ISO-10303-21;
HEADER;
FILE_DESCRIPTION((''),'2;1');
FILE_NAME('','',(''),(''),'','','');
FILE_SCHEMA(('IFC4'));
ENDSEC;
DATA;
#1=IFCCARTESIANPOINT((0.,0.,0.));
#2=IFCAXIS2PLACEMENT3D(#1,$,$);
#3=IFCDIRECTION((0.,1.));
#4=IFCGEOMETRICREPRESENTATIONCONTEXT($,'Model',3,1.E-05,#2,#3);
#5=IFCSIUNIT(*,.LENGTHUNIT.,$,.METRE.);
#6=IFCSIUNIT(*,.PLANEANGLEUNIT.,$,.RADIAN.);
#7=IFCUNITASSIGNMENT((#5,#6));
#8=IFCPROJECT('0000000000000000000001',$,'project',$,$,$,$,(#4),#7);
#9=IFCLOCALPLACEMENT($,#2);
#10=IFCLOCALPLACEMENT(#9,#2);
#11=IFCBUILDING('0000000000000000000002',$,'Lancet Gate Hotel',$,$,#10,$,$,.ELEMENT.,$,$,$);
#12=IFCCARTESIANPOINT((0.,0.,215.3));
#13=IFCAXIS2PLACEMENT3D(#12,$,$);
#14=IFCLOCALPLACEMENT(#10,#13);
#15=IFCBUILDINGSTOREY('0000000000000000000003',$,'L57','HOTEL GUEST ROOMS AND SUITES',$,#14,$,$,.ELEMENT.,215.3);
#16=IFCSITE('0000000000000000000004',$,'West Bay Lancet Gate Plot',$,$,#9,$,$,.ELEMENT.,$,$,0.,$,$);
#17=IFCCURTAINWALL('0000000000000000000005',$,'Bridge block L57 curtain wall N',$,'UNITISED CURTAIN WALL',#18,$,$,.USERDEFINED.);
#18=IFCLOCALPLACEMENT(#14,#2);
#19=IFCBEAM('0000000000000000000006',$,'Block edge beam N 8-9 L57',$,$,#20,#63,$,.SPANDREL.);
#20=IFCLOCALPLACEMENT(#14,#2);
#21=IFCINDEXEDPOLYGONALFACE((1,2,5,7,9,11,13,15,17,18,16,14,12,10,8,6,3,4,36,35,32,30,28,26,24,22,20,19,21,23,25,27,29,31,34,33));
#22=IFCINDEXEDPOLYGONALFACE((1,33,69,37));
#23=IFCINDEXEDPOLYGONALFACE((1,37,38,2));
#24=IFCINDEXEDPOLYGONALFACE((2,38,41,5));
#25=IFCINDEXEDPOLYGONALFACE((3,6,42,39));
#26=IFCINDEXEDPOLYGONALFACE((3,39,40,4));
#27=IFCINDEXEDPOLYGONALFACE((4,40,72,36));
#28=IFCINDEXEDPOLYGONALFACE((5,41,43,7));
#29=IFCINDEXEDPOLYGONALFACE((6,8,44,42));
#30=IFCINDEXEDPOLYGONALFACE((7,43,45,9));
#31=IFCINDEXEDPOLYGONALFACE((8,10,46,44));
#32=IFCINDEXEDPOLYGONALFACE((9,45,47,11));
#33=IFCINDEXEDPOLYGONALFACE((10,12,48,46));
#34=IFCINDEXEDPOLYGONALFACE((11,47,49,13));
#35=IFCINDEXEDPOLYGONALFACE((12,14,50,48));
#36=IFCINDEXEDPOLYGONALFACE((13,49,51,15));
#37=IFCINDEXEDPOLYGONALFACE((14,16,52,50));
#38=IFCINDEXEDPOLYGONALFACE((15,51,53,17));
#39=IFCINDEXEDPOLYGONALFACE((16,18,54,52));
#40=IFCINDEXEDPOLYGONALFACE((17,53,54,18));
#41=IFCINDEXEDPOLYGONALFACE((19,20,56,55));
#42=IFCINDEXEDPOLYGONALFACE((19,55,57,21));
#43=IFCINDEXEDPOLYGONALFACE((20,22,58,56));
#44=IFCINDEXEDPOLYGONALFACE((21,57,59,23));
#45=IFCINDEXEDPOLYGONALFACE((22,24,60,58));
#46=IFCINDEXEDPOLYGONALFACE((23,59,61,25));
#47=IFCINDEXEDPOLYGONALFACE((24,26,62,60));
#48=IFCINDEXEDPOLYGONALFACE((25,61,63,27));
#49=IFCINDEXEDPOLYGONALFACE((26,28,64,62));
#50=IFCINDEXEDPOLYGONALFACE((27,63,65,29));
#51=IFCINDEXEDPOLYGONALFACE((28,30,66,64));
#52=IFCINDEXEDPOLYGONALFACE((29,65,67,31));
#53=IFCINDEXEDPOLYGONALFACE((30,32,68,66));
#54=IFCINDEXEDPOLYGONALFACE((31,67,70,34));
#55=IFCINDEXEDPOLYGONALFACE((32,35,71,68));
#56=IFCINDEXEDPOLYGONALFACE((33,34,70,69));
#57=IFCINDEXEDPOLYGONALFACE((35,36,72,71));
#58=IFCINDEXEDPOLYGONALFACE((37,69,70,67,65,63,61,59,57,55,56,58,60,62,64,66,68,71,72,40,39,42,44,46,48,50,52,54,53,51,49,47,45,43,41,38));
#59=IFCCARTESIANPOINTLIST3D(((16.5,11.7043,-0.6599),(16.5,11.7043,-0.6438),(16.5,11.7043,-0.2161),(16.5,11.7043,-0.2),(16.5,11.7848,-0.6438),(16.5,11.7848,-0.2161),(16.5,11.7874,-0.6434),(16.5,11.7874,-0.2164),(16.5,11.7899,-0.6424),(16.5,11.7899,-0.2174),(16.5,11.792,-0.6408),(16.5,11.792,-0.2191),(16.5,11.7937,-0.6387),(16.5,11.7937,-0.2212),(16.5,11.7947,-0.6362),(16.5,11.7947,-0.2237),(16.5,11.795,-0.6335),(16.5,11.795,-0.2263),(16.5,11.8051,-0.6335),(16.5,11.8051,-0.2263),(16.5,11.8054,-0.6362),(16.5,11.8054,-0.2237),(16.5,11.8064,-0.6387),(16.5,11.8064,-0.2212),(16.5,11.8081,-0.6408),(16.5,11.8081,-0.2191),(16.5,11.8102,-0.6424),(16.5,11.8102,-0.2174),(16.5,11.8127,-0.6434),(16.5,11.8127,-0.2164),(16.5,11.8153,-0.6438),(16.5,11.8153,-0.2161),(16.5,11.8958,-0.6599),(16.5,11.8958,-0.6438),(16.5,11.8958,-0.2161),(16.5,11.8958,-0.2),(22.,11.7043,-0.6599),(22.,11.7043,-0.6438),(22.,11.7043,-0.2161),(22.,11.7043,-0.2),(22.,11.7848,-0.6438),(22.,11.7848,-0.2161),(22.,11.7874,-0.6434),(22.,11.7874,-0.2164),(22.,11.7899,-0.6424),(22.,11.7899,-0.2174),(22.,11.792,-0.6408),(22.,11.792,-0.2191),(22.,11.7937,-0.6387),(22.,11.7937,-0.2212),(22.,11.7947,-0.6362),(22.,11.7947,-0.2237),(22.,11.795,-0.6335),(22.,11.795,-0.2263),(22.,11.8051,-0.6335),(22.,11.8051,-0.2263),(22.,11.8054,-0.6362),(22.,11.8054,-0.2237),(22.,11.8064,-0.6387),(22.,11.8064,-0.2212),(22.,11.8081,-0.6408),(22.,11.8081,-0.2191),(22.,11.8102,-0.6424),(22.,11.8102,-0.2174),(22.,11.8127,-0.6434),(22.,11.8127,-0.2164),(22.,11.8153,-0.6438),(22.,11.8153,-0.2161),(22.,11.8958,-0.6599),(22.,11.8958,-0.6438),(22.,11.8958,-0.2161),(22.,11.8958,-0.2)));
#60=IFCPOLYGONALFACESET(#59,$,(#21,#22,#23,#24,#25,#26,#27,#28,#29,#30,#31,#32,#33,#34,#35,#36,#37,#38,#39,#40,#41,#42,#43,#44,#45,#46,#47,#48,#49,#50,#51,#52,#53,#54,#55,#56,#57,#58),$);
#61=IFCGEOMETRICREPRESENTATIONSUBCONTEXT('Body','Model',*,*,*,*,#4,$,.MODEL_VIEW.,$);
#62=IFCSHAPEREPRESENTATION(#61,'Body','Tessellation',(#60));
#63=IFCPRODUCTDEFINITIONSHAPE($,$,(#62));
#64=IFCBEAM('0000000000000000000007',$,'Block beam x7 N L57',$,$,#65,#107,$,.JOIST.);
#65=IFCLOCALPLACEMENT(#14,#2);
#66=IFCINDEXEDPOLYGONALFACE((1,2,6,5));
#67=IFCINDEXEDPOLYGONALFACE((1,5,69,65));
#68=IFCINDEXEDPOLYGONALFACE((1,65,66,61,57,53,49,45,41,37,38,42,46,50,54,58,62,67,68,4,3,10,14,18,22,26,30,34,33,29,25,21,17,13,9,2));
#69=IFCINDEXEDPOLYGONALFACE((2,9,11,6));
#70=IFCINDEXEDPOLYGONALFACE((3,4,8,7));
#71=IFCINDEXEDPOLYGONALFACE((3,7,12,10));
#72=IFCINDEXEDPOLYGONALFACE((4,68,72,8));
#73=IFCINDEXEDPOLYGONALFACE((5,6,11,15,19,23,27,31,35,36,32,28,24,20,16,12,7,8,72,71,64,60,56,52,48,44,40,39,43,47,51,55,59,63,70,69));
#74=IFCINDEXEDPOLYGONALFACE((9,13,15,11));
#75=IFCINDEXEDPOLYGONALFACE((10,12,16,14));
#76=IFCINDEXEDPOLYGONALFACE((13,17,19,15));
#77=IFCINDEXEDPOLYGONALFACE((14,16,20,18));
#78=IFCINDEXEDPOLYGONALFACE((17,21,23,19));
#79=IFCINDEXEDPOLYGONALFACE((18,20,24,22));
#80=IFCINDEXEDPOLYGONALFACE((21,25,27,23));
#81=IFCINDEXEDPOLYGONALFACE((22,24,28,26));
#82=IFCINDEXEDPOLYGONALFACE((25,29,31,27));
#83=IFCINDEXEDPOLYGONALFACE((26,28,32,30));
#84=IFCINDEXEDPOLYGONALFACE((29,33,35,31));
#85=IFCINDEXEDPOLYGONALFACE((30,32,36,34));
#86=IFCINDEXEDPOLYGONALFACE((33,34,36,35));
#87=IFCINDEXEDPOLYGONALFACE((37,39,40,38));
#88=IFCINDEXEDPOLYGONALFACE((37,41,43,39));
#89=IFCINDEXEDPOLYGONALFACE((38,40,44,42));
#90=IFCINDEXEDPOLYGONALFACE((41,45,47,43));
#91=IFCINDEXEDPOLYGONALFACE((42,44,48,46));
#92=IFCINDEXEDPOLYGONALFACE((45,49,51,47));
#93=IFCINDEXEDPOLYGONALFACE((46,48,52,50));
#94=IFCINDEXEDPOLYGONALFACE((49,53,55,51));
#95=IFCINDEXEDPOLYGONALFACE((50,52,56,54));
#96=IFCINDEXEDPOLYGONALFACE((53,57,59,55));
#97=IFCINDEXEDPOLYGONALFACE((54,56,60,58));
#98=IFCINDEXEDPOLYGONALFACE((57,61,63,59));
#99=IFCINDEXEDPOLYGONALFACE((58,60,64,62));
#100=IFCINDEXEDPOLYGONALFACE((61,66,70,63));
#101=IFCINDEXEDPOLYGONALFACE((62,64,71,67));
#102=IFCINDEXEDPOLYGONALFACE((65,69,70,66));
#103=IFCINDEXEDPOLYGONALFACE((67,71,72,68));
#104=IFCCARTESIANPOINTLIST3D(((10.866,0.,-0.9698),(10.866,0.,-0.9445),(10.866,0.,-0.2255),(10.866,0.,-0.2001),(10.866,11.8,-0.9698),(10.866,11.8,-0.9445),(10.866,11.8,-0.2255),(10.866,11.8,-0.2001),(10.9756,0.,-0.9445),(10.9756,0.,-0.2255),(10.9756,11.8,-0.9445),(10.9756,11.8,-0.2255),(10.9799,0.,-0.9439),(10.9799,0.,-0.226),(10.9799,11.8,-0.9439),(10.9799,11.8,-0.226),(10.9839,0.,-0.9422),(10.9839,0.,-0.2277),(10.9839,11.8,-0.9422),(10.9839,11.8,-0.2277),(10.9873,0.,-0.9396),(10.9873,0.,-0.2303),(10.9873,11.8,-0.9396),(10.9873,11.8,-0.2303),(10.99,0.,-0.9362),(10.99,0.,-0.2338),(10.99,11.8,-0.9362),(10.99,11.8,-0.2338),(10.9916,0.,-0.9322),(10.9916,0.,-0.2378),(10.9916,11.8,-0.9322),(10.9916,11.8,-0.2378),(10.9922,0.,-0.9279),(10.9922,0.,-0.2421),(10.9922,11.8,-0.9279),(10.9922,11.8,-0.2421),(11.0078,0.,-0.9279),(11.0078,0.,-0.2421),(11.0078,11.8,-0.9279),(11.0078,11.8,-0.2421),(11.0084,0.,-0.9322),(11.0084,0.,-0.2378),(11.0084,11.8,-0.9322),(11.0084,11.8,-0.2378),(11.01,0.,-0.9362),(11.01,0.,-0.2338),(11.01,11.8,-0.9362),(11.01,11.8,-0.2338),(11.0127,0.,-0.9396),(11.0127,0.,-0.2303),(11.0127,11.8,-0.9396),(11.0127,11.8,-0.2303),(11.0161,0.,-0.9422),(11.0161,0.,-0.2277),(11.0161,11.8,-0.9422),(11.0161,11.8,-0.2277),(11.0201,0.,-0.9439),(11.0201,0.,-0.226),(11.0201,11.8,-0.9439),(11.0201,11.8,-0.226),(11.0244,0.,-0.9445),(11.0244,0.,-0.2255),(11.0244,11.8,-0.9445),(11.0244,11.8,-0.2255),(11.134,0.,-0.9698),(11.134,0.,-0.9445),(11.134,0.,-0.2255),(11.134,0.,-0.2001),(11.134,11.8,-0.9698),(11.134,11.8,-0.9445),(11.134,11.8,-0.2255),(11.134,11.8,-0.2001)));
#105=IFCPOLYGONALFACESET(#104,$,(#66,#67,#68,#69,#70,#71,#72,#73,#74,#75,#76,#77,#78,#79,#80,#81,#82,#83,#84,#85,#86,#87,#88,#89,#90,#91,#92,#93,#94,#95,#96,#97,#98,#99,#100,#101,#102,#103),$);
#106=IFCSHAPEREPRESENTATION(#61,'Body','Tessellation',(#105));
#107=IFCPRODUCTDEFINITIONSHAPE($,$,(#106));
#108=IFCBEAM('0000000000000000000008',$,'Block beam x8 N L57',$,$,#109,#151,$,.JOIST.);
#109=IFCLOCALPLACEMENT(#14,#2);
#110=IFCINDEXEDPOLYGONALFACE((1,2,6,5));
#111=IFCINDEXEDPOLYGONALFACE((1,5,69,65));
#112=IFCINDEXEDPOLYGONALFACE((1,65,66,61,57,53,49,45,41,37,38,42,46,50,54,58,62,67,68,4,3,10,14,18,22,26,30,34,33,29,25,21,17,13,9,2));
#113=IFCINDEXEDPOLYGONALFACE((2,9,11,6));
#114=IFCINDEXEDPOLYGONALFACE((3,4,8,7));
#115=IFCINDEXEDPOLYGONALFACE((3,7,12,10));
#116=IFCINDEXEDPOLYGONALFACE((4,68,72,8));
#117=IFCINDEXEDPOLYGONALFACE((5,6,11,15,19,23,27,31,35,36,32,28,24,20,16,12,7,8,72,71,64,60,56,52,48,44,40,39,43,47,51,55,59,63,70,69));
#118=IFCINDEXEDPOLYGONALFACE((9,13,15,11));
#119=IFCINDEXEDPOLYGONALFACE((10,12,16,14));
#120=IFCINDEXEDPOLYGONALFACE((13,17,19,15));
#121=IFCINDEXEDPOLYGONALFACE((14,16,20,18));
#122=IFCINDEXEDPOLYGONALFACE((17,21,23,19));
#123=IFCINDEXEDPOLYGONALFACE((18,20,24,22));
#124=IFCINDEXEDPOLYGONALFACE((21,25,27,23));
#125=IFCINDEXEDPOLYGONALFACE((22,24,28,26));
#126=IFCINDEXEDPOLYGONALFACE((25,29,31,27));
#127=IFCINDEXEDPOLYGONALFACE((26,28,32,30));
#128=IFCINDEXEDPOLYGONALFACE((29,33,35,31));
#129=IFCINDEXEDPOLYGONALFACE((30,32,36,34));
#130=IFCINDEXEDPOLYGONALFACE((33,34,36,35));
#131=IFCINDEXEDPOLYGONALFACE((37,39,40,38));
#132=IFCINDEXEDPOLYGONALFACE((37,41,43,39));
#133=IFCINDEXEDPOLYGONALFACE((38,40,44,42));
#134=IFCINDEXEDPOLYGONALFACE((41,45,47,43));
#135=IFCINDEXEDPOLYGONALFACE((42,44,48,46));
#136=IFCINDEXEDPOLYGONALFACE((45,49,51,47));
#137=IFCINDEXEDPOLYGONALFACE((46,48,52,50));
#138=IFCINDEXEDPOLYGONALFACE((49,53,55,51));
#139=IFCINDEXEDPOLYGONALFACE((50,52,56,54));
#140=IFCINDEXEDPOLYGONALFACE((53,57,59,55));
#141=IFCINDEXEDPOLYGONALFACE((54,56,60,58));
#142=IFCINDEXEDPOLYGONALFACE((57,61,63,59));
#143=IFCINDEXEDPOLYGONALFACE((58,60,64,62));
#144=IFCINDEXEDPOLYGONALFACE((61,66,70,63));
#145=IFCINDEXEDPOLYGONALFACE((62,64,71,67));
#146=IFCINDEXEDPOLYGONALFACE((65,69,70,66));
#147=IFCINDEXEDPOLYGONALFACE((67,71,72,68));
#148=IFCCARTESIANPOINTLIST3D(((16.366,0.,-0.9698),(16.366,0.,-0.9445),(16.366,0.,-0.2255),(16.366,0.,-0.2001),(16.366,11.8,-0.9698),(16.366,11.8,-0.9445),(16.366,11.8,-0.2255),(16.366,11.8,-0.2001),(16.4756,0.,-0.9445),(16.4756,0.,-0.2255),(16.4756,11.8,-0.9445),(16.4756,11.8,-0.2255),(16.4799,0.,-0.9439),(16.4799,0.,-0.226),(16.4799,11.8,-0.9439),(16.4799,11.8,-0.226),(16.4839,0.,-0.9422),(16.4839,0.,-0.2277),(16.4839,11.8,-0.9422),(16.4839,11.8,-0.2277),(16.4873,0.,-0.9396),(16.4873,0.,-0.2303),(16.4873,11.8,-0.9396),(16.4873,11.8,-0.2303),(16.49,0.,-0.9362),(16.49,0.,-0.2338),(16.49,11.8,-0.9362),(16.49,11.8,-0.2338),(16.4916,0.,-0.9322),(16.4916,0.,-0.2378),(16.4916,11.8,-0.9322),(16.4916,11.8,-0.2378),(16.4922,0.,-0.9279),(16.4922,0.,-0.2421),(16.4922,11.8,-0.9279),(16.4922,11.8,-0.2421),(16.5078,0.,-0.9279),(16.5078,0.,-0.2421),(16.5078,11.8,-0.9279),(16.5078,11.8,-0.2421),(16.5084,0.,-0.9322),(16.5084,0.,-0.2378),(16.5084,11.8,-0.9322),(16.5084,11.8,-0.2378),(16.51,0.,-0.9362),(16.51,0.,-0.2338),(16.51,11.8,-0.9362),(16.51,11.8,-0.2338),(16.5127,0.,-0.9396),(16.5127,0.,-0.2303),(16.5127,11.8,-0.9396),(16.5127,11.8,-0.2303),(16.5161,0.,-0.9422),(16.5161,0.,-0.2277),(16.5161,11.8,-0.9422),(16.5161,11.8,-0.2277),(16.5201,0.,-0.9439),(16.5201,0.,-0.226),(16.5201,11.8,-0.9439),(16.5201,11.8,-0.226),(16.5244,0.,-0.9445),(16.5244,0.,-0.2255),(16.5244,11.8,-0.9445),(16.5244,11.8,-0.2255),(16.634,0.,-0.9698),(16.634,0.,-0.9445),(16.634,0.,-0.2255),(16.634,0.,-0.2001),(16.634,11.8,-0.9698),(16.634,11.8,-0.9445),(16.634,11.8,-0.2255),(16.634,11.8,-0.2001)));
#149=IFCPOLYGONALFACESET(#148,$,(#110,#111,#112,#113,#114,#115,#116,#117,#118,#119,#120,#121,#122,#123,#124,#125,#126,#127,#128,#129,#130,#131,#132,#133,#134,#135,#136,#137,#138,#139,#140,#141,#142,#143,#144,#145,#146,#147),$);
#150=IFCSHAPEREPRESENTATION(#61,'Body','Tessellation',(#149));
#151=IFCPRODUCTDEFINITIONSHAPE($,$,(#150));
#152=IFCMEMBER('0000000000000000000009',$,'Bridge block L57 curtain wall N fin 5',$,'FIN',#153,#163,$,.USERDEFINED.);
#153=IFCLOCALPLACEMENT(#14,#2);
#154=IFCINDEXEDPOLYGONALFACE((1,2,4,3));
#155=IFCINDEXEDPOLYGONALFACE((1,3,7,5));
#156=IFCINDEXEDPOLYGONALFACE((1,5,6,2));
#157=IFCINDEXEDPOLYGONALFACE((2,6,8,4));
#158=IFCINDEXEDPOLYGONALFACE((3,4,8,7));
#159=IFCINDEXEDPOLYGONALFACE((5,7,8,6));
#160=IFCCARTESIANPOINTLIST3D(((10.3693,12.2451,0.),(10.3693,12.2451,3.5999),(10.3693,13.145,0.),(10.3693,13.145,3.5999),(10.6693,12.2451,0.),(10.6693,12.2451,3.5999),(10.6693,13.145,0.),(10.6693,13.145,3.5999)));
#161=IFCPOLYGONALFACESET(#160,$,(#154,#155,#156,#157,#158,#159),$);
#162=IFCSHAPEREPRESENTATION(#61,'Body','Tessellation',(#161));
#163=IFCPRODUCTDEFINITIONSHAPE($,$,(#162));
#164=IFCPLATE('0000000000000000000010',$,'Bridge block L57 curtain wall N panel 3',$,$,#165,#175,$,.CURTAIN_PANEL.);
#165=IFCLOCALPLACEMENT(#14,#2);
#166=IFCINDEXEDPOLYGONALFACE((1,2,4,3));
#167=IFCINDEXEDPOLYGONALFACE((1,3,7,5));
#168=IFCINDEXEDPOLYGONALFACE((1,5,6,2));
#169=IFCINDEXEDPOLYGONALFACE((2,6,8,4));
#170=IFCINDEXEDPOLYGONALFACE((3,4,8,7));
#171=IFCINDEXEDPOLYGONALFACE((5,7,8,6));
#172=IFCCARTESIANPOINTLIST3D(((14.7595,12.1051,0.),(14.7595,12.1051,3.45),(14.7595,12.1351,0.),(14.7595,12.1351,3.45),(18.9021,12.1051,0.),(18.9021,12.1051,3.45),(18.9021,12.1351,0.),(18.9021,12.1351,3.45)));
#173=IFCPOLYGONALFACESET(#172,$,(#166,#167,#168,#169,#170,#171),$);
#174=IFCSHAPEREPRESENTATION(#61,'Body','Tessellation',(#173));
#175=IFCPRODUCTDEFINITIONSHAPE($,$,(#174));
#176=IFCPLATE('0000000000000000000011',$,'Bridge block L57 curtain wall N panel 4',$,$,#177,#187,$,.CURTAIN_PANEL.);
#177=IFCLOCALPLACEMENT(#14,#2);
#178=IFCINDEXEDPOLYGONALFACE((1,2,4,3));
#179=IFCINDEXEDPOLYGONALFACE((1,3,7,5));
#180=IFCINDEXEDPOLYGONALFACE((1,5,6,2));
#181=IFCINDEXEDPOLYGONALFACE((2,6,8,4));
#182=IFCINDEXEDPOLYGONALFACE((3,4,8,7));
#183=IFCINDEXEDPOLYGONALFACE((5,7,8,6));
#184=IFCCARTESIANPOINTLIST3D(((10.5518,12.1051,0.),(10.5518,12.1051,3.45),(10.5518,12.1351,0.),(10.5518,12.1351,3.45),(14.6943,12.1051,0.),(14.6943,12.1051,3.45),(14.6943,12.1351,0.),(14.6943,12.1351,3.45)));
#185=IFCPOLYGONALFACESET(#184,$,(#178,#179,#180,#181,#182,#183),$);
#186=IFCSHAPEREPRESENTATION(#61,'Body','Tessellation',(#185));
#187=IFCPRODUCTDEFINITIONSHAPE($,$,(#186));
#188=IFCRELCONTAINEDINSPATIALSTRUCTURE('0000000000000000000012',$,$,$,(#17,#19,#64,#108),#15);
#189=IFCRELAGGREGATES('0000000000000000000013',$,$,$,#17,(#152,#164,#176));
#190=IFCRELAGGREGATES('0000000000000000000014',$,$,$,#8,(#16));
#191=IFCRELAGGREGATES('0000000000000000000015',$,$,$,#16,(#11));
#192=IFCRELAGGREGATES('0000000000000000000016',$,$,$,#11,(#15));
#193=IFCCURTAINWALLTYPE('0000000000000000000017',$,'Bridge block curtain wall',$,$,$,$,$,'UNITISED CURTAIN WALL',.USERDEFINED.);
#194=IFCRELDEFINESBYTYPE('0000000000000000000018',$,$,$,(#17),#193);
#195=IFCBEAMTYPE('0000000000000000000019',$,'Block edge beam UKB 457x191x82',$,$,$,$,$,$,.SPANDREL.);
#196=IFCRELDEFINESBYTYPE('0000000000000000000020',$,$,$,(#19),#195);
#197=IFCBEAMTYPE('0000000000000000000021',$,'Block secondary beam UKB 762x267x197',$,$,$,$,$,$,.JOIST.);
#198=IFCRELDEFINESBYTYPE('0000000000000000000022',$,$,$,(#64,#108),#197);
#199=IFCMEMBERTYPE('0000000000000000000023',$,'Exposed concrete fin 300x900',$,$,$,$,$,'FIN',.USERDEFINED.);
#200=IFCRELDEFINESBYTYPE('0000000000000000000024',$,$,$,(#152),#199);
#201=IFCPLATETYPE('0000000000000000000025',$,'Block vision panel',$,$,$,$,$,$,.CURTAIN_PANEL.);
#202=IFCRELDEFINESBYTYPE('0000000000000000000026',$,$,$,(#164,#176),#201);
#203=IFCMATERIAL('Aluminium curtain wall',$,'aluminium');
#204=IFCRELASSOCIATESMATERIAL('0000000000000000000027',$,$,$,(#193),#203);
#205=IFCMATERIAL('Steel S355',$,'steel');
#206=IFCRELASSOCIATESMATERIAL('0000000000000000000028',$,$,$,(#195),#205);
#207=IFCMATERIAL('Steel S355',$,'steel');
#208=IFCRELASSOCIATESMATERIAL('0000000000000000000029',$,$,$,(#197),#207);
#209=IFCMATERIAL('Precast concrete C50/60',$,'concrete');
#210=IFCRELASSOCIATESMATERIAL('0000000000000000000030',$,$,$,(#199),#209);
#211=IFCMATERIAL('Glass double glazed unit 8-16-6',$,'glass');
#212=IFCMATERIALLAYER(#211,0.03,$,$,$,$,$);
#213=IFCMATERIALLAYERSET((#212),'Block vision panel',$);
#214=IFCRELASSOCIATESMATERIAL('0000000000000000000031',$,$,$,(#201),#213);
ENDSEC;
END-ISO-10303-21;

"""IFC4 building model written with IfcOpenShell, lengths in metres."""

from ifc_helpers import new_model, si_unit, direction, frame, origin, origin_2d, place, context, subcontext, project, spatial, rectangle, i_section, extrude, material, layer, layer_set, material_profile, profile_set, type_object, element, aggregate, save


model = new_model("IFC4")

# Units and contexts
model_context = context("Model", 3, precision=1e-05, world=origin(), true_north=direction((0.0, 1.0)))
body_context = subcontext(model_context, "Body", "Model", "MODEL_VIEW")
ifc_project = project(units=[si_unit("LENGTHUNIT", "METRE"), si_unit("PLANEANGLEUNIT", "RADIAN")], contexts=[model_context])

# Site, building, storey
site_placement = place(None, origin())
site = spatial("IfcSite", under=ifc_project, at=site_placement, Name="West Bay Lancet Gate Plot", CompositionType="ELEMENT", RefElevation=0.0)
building_placement = place(site_placement, origin())
building = spatial("IfcBuilding", under=site, at=building_placement, Name="Lancet Gate Hotel", CompositionType="ELEMENT")
storey_placement = place(building_placement, frame((0.0, 0.0, 215.3)))
storey = spatial("IfcBuildingStorey", under=building, at=storey_placement, Name="L57", Description="HOTEL GUEST ROOMS AND SUITES", CompositionType="ELEMENT", Elevation=215.3)

# Curtain wall
ifc_material_1 = material(Name="Aluminium curtain wall", Category="aluminium")
curtain_wall_type = type_object("IfcCurtainWallType", Name="Bridge block curtain wall", ElementType="UNITISED CURTAIN WALL", PredefinedType="USERDEFINED", material=ifc_material_1)
curtain_wall_placement = place(storey_placement, origin())
curtain_wall = element("IfcCurtainWall", 1, at=curtain_wall_placement, inside=storey, type_object=curtain_wall_type, Name="Bridge block L57 curtain wall N", ObjectType="UNITISED CURTAIN WALL", PredefinedType="USERDEFINED")

# Beams
ifc_material_2 = material(Name="Steel S355", Category="steel")
ifc_material_profile_1 = material_profile(ifc_material_2, i_section(OverallWidth=0.1914, OverallDepth=0.46, WebThickness=0.01, FlangeThickness=0.0161, FilletRadius=0.0103, at=origin_2d()), Name="UKB 457x191x82")
ifc_profile_set_1 = profile_set([ifc_material_profile_1], Name="Steel S355")
beam_type_1 = type_object("IfcBeamType", Name="Block edge beam UKB 457x191x82", PredefinedType="SPANDREL", material=ifc_profile_set_1)
for number, where, z_axis, x_axis, name in (
    (2, (16.5, 11.8, -0.4299), (1.0, 0.0, 0.0), (0.0, 1.0, 0.0), "Block edge beam N 8-9 L57"),
):
    element("IfcBeam", number, at=place(storey_placement, frame(where, z_axis=z_axis, x_axis=x_axis)), inside=storey, type_object=beam_type_1, Name=name, PredefinedType="SPANDREL", context=body_context, shape_type="SweptSolid", body=[
        extrude(i_section(OverallWidth=0.1914, OverallDepth=0.46, WebThickness=0.01, FlangeThickness=0.0161, FilletRadius=0.0103, at=origin_2d()), origin(), (0.0, 0.0, 1.0), 5.5),
    ])
ifc_material_3 = material(Name="Steel S355", Category="steel")
ifc_material_profile_2 = material_profile(ifc_material_3, i_section(OverallWidth=0.2681, OverallDepth=0.7698, WebThickness=0.0156, FlangeThickness=0.0254, FilletRadius=0.0166, at=origin_2d()), Name="UKB 762x267x197")
ifc_profile_set_2 = profile_set([ifc_material_profile_2], Name="Steel S355")
beam_type_2 = type_object("IfcBeamType", Name="Block secondary beam UKB 762x267x197", PredefinedType="JOIST", material=ifc_profile_set_2)
for number, where, z_axis, x_axis, name in (
    (3, (11.0, 0.0, -0.585), (0.0, 1.0, 0.0), (-1.0, 0.0, 0.0), "Block beam x7 N L57"),
    (4, (16.5, 0.0, -0.585), (0.0, 1.0, 0.0), (-1.0, 0.0, 0.0), "Block beam x8 N L57"),
):
    element("IfcBeam", number, at=place(storey_placement, frame(where, z_axis=z_axis, x_axis=x_axis)), inside=storey, type_object=beam_type_2, Name=name, PredefinedType="JOIST", context=body_context, shape_type="SweptSolid", body=[
        extrude(i_section(OverallWidth=0.2681, OverallDepth=0.7698, WebThickness=0.0156, FlangeThickness=0.0254, FilletRadius=0.0166, at=origin_2d()), origin(), (0.0, 0.0, 1.0), 11.8),
    ])

# Member
ifc_material_4 = material(Name="Precast concrete C50/60", Category="concrete")
ifc_material_profile_3 = material_profile(ifc_material_4, rectangle(XDim=0.3, YDim=0.8999, at=origin_2d()), Name="FIN 300x900")
ifc_profile_set_3 = profile_set([ifc_material_profile_3], Name="Precast concrete C50/60")
member_type_1 = type_object("IfcMemberType", Name="Exposed concrete fin 300x900", ElementType="FIN", PredefinedType="USERDEFINED", material=ifc_profile_set_3)
member_1_placement = place(storey_placement, frame((10.5193, 12.6951, 0.0), z_axis=(0.0, 0.0, 1.0), x_axis=(-1.0, 0.0, 0.0)))
member_1 = element("IfcMember", 5, at=member_1_placement, type_object=member_type_1, Name="Bridge block L57 curtain wall N fin 5", ObjectType="FIN", PredefinedType="USERDEFINED", context=body_context, shape_type="SweptSolid", body=[
    extrude(rectangle(XDim=0.3, YDim=0.8999, at=origin_2d()), origin(), (0.0, 0.0, 1.0), 3.5999),
])

# Plates
ifc_material_5 = material(Name="Glass double glazed unit 8-16-6", Category="glass")
ifc_layer_1 = layer(ifc_material_5, 0.03)
ifc_layer_set_1 = layer_set([ifc_layer_1], Name="Block vision panel")
plate_type = type_object("IfcPlateType", Name="Block vision panel", PredefinedType="CURTAIN_PANEL", material=ifc_layer_set_1)
plate_1_placement = place(storey_placement, frame((16.8308, 12.1201, 0.0), z_axis=(0.0, 0.0, 1.0), x_axis=(-1.0, 0.0, 0.0)))
plate_1 = element("IfcPlate", 6, at=plate_1_placement, type_object=plate_type, Name="Bridge block L57 curtain wall N panel 3", PredefinedType="CURTAIN_PANEL", context=body_context, shape_type="SweptSolid", body=[
    extrude(rectangle(XDim=4.1426, YDim=0.03, at=origin_2d()), origin(), (0.0, 0.0, 1.0), 3.45),
])
plate_2_placement = place(storey_placement, frame((12.623, 12.1201, 0.0), z_axis=(0.0, 0.0, 1.0), x_axis=(-1.0, 0.0, 0.0)))
plate_2 = element("IfcPlate", 7, at=plate_2_placement, type_object=plate_type, Name="Bridge block L57 curtain wall N panel 4", PredefinedType="CURTAIN_PANEL", context=body_context, shape_type="SweptSolid", body=[
    extrude(rectangle(XDim=4.1426, YDim=0.03, at=origin_2d()), origin(), (0.0, 0.0, 1.0), 3.45),
])
aggregate(curtain_wall, [member_1, plate_1, plate_2])

save(model, "model.ifc")
